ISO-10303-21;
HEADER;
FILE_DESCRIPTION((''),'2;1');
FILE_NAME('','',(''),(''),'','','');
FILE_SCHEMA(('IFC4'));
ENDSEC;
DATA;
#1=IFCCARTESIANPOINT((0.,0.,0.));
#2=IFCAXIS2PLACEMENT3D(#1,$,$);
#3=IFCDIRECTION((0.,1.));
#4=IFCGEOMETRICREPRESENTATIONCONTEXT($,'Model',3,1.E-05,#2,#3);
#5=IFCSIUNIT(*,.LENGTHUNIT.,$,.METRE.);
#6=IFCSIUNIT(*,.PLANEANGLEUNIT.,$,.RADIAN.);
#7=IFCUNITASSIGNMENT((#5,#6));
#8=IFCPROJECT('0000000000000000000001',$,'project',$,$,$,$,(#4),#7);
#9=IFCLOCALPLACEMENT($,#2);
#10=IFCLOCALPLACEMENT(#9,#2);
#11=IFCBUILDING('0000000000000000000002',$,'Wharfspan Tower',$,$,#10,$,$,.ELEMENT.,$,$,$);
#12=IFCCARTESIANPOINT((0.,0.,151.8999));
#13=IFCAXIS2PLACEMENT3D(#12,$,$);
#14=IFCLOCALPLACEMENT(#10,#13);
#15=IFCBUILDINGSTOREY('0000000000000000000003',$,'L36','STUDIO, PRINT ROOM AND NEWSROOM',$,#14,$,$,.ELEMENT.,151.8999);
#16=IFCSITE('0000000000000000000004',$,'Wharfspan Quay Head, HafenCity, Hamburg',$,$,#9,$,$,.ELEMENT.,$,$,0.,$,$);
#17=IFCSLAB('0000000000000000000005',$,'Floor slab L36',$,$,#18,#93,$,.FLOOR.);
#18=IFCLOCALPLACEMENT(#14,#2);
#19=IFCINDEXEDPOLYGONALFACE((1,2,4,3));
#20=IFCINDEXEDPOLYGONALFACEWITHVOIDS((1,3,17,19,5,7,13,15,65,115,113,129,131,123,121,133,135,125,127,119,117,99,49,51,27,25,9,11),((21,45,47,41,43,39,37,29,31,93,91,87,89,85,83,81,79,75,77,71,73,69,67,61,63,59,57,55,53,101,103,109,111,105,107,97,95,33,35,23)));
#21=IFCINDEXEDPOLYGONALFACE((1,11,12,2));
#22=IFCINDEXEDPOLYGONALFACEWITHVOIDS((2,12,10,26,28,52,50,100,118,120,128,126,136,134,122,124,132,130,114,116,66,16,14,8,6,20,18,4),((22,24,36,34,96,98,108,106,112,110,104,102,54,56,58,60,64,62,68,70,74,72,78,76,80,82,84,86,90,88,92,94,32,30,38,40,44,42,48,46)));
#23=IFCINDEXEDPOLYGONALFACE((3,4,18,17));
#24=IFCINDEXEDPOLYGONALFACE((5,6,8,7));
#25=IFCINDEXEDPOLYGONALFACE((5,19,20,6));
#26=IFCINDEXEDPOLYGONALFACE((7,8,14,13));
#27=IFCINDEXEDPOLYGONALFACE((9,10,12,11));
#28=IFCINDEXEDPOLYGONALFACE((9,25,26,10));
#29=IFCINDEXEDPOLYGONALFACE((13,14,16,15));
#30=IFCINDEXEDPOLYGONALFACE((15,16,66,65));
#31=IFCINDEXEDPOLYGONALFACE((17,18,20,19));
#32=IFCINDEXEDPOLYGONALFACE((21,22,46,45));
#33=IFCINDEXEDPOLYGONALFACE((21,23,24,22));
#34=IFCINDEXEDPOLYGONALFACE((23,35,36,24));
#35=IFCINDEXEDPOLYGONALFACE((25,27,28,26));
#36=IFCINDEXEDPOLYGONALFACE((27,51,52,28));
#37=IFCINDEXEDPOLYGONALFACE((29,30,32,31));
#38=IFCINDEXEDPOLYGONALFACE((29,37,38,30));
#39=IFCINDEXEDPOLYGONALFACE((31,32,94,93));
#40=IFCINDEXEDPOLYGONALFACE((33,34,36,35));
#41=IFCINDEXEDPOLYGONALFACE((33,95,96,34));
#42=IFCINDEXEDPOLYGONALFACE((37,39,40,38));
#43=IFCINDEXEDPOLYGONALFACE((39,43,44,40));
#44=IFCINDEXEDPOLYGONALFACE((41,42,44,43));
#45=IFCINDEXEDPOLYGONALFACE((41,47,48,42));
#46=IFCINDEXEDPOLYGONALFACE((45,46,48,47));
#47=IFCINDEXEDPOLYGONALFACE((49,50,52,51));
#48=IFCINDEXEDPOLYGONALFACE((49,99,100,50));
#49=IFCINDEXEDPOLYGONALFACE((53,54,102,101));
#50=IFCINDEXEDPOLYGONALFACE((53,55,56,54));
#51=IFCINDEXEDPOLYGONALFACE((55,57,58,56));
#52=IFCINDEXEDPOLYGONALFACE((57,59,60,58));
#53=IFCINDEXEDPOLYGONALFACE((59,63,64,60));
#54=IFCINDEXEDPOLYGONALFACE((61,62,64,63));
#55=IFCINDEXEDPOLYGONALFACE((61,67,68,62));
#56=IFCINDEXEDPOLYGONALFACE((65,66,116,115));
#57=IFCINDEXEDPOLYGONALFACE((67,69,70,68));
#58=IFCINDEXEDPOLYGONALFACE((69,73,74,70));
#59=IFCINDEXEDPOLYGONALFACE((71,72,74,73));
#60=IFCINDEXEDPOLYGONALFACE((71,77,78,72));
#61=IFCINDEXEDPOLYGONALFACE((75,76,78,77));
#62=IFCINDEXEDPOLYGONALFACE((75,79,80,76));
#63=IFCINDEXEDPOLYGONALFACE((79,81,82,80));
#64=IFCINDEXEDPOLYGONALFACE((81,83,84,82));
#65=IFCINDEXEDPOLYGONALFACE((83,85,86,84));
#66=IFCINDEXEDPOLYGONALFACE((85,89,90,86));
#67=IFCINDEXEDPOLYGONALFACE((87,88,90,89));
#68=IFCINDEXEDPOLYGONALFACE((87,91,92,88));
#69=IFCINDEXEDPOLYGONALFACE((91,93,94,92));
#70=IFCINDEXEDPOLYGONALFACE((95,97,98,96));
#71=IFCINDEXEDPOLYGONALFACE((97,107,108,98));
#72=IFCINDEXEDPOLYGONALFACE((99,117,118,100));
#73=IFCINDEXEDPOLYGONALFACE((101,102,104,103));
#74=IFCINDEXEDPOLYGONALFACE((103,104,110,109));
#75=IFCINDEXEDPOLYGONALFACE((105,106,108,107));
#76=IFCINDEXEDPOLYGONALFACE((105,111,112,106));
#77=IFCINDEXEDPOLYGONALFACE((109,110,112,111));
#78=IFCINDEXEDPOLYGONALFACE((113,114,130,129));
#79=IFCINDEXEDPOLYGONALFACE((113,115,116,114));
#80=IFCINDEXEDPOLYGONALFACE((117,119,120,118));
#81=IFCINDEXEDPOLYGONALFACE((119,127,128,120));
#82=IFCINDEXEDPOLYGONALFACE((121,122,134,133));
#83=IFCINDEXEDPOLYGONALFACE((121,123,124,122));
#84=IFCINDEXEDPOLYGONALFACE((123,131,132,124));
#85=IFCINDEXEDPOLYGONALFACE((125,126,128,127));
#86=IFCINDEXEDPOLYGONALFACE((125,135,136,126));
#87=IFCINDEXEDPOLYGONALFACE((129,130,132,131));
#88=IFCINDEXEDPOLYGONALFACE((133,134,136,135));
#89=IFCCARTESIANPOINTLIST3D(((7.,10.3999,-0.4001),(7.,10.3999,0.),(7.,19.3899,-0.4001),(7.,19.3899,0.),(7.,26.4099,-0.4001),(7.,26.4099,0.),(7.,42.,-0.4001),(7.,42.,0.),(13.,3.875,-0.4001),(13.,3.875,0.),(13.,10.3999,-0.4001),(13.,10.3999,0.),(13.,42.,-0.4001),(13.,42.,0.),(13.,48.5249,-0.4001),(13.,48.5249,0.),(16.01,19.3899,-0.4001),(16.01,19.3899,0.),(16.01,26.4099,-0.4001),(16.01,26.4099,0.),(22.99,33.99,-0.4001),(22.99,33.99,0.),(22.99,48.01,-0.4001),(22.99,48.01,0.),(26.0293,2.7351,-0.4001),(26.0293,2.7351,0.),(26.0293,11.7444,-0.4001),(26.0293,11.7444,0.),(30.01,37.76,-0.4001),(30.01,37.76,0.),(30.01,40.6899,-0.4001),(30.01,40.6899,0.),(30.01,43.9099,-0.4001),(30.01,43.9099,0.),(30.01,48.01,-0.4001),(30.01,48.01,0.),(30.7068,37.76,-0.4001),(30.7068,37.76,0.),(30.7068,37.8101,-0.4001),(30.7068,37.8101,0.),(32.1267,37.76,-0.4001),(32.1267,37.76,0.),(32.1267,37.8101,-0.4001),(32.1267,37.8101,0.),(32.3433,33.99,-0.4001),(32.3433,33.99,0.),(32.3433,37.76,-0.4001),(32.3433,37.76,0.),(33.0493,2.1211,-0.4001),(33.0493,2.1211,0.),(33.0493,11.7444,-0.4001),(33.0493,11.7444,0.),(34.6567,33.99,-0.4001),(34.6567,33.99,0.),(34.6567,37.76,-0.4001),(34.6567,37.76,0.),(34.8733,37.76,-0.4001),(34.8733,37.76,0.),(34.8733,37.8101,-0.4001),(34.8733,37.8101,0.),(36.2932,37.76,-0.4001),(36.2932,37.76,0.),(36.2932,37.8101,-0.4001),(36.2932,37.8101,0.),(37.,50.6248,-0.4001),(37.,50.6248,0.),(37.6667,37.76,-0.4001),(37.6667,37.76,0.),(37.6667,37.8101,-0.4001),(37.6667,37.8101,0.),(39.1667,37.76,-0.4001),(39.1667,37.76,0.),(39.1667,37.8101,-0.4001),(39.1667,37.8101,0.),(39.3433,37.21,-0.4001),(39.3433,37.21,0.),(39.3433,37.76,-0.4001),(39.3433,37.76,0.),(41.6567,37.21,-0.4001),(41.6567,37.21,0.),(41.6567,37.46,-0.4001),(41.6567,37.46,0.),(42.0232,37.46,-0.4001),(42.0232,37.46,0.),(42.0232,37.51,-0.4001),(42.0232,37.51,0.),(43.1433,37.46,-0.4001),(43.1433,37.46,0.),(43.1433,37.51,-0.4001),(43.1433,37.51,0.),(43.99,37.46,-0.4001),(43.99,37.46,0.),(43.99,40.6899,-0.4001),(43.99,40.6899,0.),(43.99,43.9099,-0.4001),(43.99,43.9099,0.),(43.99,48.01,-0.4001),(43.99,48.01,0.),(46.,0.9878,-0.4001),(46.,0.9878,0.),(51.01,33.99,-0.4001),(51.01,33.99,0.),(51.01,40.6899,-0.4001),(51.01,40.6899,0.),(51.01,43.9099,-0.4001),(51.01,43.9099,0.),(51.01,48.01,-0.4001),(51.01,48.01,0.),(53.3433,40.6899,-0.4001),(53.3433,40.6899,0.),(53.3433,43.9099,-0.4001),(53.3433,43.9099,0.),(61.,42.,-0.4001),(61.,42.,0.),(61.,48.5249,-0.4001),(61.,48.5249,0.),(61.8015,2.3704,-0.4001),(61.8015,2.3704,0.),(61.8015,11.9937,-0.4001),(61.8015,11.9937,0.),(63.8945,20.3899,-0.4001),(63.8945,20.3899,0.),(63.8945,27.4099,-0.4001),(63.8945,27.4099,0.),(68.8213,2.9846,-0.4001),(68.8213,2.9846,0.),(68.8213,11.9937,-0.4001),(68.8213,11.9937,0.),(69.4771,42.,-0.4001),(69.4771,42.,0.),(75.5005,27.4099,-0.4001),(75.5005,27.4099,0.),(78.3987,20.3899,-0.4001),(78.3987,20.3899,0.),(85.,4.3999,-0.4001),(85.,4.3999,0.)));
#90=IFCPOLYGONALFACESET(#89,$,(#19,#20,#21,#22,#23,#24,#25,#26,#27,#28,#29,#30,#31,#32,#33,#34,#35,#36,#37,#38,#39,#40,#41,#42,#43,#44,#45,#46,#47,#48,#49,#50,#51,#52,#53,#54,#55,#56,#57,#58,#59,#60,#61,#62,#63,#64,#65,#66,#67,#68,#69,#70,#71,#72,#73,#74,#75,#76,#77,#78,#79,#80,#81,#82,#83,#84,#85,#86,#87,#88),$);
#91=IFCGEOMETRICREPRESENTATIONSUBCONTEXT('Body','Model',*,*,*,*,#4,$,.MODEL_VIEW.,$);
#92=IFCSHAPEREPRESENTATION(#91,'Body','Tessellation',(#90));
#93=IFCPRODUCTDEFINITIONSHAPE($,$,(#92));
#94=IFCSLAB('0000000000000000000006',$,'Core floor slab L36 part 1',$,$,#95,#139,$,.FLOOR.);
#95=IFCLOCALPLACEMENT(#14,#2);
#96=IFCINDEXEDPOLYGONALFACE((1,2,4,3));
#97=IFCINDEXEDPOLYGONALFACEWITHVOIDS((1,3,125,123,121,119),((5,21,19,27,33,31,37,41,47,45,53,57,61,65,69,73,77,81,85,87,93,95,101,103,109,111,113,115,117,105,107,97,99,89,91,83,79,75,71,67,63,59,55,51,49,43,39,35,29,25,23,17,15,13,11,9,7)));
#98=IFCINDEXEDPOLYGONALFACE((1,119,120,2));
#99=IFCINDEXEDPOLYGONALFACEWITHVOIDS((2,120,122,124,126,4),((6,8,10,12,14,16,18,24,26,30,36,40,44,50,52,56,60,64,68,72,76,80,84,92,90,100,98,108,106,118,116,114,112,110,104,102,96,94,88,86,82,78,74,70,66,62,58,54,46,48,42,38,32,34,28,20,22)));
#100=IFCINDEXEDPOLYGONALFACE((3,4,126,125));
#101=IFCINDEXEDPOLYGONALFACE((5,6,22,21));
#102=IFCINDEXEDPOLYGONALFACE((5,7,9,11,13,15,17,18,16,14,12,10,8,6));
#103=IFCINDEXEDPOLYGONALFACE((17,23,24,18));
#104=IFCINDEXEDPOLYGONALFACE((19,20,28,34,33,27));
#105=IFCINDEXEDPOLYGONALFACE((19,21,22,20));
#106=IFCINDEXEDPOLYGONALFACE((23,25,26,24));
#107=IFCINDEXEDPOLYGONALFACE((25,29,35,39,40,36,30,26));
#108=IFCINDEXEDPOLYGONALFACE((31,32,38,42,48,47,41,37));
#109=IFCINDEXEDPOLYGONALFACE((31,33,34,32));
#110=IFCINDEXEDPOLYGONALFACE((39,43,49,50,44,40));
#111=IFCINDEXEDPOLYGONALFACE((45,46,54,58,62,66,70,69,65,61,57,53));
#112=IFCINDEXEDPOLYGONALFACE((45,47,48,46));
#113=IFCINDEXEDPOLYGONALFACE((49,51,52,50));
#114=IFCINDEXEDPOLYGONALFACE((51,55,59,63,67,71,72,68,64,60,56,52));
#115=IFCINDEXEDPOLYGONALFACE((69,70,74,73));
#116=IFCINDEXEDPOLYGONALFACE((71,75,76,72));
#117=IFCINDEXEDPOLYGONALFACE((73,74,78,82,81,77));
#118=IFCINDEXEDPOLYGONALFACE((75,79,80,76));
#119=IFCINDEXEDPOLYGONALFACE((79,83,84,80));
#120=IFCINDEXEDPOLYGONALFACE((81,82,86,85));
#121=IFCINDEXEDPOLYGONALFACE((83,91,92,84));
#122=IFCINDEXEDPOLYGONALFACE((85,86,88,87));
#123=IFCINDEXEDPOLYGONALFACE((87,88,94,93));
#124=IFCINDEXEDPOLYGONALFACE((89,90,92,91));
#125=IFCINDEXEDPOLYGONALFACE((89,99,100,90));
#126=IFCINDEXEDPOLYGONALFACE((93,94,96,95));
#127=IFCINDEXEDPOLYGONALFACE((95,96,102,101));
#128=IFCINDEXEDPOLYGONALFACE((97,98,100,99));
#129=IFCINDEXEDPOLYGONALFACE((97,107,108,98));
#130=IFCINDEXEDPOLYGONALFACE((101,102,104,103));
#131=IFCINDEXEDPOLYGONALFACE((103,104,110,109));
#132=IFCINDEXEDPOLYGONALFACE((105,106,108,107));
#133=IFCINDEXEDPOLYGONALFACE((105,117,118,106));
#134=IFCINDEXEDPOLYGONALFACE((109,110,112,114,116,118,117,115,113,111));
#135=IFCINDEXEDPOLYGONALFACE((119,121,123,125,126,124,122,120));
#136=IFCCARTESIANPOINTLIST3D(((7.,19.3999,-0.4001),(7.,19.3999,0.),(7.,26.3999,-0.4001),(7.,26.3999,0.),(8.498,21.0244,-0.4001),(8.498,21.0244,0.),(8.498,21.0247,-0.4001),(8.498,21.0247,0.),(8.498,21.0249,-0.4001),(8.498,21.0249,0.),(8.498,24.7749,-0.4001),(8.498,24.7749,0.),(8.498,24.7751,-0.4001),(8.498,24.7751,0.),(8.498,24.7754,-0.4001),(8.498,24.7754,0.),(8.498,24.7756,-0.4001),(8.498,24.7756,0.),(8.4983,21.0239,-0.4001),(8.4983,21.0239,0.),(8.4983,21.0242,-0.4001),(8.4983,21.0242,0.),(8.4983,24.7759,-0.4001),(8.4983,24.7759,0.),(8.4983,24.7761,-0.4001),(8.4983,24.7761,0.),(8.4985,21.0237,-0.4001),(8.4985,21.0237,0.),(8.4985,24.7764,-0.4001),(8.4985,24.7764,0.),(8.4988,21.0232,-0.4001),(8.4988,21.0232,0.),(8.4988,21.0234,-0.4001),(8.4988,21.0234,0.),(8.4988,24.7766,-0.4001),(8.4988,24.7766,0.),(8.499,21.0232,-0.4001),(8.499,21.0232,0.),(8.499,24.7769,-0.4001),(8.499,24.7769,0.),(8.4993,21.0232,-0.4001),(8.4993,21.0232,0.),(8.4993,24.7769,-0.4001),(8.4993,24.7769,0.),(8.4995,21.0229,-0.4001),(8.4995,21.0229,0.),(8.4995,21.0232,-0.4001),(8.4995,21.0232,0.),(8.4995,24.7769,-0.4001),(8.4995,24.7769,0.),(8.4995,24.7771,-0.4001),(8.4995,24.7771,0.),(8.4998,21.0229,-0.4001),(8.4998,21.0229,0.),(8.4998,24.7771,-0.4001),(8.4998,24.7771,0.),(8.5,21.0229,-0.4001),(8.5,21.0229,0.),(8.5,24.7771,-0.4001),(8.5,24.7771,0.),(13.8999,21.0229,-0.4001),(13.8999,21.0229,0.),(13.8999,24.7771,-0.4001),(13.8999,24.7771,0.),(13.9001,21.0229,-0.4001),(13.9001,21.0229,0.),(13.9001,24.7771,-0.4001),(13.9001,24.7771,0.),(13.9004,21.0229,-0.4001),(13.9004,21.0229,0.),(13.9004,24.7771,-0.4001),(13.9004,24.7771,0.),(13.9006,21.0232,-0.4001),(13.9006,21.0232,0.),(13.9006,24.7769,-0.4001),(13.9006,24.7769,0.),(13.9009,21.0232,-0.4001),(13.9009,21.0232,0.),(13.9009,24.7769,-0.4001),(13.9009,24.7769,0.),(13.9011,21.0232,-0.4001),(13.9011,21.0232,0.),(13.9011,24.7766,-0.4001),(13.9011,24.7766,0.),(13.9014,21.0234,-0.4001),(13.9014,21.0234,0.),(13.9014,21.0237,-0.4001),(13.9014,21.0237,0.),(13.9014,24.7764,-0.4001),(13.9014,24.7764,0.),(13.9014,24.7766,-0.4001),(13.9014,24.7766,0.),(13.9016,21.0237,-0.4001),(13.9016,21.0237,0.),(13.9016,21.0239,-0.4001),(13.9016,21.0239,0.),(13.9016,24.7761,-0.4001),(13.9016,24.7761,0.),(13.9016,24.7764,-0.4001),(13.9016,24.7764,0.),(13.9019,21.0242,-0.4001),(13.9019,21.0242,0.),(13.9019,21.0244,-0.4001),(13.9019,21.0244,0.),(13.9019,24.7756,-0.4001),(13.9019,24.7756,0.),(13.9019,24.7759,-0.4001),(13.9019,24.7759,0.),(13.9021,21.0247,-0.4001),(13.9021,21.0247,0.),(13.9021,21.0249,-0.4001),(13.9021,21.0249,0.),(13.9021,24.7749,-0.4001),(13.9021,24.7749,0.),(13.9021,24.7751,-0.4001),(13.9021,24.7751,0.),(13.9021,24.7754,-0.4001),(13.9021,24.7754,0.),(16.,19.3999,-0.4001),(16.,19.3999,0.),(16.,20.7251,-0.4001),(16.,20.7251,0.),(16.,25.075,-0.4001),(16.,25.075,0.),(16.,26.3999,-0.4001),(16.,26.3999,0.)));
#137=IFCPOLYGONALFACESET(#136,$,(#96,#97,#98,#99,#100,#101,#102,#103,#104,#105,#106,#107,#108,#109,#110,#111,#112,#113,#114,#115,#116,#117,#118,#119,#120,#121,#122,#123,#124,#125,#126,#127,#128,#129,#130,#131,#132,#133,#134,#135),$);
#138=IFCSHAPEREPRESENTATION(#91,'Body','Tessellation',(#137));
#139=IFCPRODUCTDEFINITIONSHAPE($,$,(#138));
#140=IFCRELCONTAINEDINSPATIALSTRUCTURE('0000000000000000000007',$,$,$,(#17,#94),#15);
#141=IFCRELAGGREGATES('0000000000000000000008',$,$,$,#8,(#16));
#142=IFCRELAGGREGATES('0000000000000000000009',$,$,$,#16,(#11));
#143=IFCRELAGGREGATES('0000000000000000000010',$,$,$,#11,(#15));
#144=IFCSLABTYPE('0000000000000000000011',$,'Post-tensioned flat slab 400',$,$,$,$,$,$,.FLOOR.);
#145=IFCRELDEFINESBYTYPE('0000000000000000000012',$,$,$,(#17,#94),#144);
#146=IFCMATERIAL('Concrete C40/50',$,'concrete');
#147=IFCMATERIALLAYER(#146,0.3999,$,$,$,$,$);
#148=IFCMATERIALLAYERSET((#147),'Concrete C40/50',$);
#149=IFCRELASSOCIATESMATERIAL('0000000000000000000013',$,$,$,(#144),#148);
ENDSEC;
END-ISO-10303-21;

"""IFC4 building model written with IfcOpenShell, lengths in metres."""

from ifc_helpers import new_model, si_unit, direction, frame, origin, place, context, subcontext, project, spatial, polyline, outline, extrude, material, layer, layer_set, type_object, element, save


model = new_model("IFC4")

# Units and contexts
model_context = context("Model", 3, precision=1e-05, world=origin(), true_north=direction((0.0, 1.0)))
body_context = subcontext(model_context, "Body", "Model", "MODEL_VIEW")
ifc_project = project(units=[si_unit("LENGTHUNIT", "METRE"), si_unit("PLANEANGLEUNIT", "RADIAN")], contexts=[model_context])

# Site, building, storey
site_placement = place(None, origin())
site = spatial("IfcSite", under=ifc_project, at=site_placement, Name="Wharfspan Quay Head, HafenCity, Hamburg", CompositionType="ELEMENT", RefElevation=0.0)
building_placement = place(site_placement, origin())
building = spatial("IfcBuilding", under=site, at=building_placement, Name="Wharfspan Tower", CompositionType="ELEMENT")
storey_placement = place(building_placement, frame((0.0, 0.0, 151.8999)))
storey = spatial("IfcBuildingStorey", under=building, at=storey_placement, Name="L36", Description="STUDIO, PRINT ROOM AND NEWSROOM", CompositionType="ELEMENT", Elevation=151.8999)

# Slabs
ifc_material_1 = material(Name="Concrete C40/50", Category="concrete")
ifc_layer_1 = layer(ifc_material_1, 0.3999)
ifc_layer_set_1 = layer_set([ifc_layer_1], Name="Concrete C40/50")
slab_type_1 = type_object("IfcSlabType", Name="Post-tensioned flat slab 400", PredefinedType="FLOOR", material=ifc_layer_set_1)
slab_1_placement = place(storey_placement, frame((0.0, 0.0, -0.4001)))
element("IfcSlab", 1, at=slab_1_placement, inside=storey, type_object=slab_type_1, Name="Floor slab L36", PredefinedType="FLOOR", context=body_context, shape_type="SweptSolid", body=[
    extrude(outline(polyline([(26.0293, 2.7351), (26.0293, 11.7444), (33.0493, 11.7444), (33.0493, 2.1211), (46.0, 0.9878), (61.8015, 2.3704), (61.8015, 11.9937), (68.8213, 11.9937), (68.8213, 2.9846), (85.0, 4.3999), (78.3987, 20.3899), (63.8945, 20.3899), (63.8945, 27.4099), (75.5005, 27.4099), (69.4771, 42.0), (61.0, 42.0), (61.0, 48.5249), (37.0, 50.6248), (13.0, 48.5249), (13.0, 42.0), (7.0, 42.0), (7.0, 26.4099), (16.01, 26.4099), (16.01, 19.3899), (7.0, 19.3899), (7.0, 10.3999), (13.0, 10.3999), (13.0, 3.875), (26.0293, 2.7351)]), holes=[polyline([(32.1267, 37.76), (32.3433, 37.76), (32.3433, 33.99), (22.99, 33.99), (22.99, 48.01), (30.01, 48.01), (30.01, 43.9099), (43.99, 43.9099), (43.99, 48.01), (51.01, 48.01), (51.01, 43.9099), (53.3433, 43.9099), (53.3433, 40.6899), (51.01, 40.6899), (51.01, 33.99), (34.6567, 33.99), (34.6567, 37.76), (34.8733, 37.76), (34.8733, 37.8101), (36.2932, 37.8101), (36.2932, 37.76), (37.6667, 37.76), (37.6667, 37.8101), (39.1667, 37.8101), (39.1667, 37.76), (39.3433, 37.76), (39.3433, 37.21), (41.6567, 37.21), (41.6567, 37.46), (42.0232, 37.46), (42.0232, 37.51), (43.1433, 37.51), (43.1433, 37.46), (43.99, 37.46), (43.99, 40.6899), (30.01, 40.6899), (30.01, 37.76), (30.7068, 37.76), (30.7068, 37.8101), (32.1267, 37.8101), (32.1267, 37.76)])]), origin(), (0.0, 0.0, 1.0), 0.4001),
])
slab_2_placement = place(storey_placement, frame((0.0, 0.0, -0.4001)))
element("IfcSlab", 2, at=slab_2_placement, inside=storey, type_object=slab_type_1, Name="Core floor slab L36 part 1", PredefinedType="FLOOR", context=body_context, shape_type="SweptSolid", body=[
    extrude(outline(polyline([(16.0, 20.7251), (16.0, 25.075), (16.0, 26.3999), (7.0, 26.3999), (7.0, 19.3999), (16.0, 19.3999), (16.0, 20.7251)]), holes=[polyline([(13.8999, 24.7771), (13.9001, 24.7771), (13.9004, 24.7771), (13.9006, 24.7769), (13.9009, 24.7769), (13.9009, 24.7769), (13.9011, 24.7766), (13.9014, 24.7766), (13.9014, 24.7764), (13.9016, 24.7764), (13.9016, 24.7761), (13.9019, 24.7759), (13.9019, 24.7759), (13.9019, 24.7756), (13.9021, 24.7754), (13.9021, 24.7751), (13.9021, 24.7749), (13.9021, 21.0249), (13.9021, 21.0249), (13.9021, 21.0247), (13.9019, 21.0244), (13.9019, 21.0242), (13.9019, 21.0242), (13.9016, 21.0239), (13.9016, 21.0237), (13.9014, 21.0237), (13.9014, 21.0234), (13.9011, 21.0232), (13.9009, 21.0232), (13.9009, 21.0232), (13.9006, 21.0232), (13.9004, 21.0229), (13.9001, 21.0229), (13.8999, 21.0229), (8.5, 21.0229), (8.4998, 21.0229), (8.4995, 21.0229), (8.4995, 21.0232), (8.4993, 21.0232), (8.499, 21.0232), (8.4988, 21.0232), (8.4988, 21.0234), (8.4985, 21.0237), (8.4985, 21.0237), (8.4983, 21.0239), (8.4983, 21.0242), (8.4983, 21.0242), (8.498, 21.0244), (8.498, 21.0247), (8.498, 21.0249), (8.498, 21.0249), (8.498, 24.7749), (8.498, 24.7751), (8.498, 24.7754), (8.498, 24.7756), (8.4983, 24.7759), (8.4983, 24.7759), (8.4983, 24.7761), (8.4985, 24.7764), (8.4985, 24.7764), (8.4988, 24.7766), (8.4988, 24.7766), (8.499, 24.7769), (8.4993, 24.7769), (8.4995, 24.7769), (8.4995, 24.7771), (8.4998, 24.7771), (8.5, 24.7771), (13.8999, 24.7771)])]), origin(), (0.0, 0.0, 1.0), 0.4001),
])

save(model, "model.ifc")
